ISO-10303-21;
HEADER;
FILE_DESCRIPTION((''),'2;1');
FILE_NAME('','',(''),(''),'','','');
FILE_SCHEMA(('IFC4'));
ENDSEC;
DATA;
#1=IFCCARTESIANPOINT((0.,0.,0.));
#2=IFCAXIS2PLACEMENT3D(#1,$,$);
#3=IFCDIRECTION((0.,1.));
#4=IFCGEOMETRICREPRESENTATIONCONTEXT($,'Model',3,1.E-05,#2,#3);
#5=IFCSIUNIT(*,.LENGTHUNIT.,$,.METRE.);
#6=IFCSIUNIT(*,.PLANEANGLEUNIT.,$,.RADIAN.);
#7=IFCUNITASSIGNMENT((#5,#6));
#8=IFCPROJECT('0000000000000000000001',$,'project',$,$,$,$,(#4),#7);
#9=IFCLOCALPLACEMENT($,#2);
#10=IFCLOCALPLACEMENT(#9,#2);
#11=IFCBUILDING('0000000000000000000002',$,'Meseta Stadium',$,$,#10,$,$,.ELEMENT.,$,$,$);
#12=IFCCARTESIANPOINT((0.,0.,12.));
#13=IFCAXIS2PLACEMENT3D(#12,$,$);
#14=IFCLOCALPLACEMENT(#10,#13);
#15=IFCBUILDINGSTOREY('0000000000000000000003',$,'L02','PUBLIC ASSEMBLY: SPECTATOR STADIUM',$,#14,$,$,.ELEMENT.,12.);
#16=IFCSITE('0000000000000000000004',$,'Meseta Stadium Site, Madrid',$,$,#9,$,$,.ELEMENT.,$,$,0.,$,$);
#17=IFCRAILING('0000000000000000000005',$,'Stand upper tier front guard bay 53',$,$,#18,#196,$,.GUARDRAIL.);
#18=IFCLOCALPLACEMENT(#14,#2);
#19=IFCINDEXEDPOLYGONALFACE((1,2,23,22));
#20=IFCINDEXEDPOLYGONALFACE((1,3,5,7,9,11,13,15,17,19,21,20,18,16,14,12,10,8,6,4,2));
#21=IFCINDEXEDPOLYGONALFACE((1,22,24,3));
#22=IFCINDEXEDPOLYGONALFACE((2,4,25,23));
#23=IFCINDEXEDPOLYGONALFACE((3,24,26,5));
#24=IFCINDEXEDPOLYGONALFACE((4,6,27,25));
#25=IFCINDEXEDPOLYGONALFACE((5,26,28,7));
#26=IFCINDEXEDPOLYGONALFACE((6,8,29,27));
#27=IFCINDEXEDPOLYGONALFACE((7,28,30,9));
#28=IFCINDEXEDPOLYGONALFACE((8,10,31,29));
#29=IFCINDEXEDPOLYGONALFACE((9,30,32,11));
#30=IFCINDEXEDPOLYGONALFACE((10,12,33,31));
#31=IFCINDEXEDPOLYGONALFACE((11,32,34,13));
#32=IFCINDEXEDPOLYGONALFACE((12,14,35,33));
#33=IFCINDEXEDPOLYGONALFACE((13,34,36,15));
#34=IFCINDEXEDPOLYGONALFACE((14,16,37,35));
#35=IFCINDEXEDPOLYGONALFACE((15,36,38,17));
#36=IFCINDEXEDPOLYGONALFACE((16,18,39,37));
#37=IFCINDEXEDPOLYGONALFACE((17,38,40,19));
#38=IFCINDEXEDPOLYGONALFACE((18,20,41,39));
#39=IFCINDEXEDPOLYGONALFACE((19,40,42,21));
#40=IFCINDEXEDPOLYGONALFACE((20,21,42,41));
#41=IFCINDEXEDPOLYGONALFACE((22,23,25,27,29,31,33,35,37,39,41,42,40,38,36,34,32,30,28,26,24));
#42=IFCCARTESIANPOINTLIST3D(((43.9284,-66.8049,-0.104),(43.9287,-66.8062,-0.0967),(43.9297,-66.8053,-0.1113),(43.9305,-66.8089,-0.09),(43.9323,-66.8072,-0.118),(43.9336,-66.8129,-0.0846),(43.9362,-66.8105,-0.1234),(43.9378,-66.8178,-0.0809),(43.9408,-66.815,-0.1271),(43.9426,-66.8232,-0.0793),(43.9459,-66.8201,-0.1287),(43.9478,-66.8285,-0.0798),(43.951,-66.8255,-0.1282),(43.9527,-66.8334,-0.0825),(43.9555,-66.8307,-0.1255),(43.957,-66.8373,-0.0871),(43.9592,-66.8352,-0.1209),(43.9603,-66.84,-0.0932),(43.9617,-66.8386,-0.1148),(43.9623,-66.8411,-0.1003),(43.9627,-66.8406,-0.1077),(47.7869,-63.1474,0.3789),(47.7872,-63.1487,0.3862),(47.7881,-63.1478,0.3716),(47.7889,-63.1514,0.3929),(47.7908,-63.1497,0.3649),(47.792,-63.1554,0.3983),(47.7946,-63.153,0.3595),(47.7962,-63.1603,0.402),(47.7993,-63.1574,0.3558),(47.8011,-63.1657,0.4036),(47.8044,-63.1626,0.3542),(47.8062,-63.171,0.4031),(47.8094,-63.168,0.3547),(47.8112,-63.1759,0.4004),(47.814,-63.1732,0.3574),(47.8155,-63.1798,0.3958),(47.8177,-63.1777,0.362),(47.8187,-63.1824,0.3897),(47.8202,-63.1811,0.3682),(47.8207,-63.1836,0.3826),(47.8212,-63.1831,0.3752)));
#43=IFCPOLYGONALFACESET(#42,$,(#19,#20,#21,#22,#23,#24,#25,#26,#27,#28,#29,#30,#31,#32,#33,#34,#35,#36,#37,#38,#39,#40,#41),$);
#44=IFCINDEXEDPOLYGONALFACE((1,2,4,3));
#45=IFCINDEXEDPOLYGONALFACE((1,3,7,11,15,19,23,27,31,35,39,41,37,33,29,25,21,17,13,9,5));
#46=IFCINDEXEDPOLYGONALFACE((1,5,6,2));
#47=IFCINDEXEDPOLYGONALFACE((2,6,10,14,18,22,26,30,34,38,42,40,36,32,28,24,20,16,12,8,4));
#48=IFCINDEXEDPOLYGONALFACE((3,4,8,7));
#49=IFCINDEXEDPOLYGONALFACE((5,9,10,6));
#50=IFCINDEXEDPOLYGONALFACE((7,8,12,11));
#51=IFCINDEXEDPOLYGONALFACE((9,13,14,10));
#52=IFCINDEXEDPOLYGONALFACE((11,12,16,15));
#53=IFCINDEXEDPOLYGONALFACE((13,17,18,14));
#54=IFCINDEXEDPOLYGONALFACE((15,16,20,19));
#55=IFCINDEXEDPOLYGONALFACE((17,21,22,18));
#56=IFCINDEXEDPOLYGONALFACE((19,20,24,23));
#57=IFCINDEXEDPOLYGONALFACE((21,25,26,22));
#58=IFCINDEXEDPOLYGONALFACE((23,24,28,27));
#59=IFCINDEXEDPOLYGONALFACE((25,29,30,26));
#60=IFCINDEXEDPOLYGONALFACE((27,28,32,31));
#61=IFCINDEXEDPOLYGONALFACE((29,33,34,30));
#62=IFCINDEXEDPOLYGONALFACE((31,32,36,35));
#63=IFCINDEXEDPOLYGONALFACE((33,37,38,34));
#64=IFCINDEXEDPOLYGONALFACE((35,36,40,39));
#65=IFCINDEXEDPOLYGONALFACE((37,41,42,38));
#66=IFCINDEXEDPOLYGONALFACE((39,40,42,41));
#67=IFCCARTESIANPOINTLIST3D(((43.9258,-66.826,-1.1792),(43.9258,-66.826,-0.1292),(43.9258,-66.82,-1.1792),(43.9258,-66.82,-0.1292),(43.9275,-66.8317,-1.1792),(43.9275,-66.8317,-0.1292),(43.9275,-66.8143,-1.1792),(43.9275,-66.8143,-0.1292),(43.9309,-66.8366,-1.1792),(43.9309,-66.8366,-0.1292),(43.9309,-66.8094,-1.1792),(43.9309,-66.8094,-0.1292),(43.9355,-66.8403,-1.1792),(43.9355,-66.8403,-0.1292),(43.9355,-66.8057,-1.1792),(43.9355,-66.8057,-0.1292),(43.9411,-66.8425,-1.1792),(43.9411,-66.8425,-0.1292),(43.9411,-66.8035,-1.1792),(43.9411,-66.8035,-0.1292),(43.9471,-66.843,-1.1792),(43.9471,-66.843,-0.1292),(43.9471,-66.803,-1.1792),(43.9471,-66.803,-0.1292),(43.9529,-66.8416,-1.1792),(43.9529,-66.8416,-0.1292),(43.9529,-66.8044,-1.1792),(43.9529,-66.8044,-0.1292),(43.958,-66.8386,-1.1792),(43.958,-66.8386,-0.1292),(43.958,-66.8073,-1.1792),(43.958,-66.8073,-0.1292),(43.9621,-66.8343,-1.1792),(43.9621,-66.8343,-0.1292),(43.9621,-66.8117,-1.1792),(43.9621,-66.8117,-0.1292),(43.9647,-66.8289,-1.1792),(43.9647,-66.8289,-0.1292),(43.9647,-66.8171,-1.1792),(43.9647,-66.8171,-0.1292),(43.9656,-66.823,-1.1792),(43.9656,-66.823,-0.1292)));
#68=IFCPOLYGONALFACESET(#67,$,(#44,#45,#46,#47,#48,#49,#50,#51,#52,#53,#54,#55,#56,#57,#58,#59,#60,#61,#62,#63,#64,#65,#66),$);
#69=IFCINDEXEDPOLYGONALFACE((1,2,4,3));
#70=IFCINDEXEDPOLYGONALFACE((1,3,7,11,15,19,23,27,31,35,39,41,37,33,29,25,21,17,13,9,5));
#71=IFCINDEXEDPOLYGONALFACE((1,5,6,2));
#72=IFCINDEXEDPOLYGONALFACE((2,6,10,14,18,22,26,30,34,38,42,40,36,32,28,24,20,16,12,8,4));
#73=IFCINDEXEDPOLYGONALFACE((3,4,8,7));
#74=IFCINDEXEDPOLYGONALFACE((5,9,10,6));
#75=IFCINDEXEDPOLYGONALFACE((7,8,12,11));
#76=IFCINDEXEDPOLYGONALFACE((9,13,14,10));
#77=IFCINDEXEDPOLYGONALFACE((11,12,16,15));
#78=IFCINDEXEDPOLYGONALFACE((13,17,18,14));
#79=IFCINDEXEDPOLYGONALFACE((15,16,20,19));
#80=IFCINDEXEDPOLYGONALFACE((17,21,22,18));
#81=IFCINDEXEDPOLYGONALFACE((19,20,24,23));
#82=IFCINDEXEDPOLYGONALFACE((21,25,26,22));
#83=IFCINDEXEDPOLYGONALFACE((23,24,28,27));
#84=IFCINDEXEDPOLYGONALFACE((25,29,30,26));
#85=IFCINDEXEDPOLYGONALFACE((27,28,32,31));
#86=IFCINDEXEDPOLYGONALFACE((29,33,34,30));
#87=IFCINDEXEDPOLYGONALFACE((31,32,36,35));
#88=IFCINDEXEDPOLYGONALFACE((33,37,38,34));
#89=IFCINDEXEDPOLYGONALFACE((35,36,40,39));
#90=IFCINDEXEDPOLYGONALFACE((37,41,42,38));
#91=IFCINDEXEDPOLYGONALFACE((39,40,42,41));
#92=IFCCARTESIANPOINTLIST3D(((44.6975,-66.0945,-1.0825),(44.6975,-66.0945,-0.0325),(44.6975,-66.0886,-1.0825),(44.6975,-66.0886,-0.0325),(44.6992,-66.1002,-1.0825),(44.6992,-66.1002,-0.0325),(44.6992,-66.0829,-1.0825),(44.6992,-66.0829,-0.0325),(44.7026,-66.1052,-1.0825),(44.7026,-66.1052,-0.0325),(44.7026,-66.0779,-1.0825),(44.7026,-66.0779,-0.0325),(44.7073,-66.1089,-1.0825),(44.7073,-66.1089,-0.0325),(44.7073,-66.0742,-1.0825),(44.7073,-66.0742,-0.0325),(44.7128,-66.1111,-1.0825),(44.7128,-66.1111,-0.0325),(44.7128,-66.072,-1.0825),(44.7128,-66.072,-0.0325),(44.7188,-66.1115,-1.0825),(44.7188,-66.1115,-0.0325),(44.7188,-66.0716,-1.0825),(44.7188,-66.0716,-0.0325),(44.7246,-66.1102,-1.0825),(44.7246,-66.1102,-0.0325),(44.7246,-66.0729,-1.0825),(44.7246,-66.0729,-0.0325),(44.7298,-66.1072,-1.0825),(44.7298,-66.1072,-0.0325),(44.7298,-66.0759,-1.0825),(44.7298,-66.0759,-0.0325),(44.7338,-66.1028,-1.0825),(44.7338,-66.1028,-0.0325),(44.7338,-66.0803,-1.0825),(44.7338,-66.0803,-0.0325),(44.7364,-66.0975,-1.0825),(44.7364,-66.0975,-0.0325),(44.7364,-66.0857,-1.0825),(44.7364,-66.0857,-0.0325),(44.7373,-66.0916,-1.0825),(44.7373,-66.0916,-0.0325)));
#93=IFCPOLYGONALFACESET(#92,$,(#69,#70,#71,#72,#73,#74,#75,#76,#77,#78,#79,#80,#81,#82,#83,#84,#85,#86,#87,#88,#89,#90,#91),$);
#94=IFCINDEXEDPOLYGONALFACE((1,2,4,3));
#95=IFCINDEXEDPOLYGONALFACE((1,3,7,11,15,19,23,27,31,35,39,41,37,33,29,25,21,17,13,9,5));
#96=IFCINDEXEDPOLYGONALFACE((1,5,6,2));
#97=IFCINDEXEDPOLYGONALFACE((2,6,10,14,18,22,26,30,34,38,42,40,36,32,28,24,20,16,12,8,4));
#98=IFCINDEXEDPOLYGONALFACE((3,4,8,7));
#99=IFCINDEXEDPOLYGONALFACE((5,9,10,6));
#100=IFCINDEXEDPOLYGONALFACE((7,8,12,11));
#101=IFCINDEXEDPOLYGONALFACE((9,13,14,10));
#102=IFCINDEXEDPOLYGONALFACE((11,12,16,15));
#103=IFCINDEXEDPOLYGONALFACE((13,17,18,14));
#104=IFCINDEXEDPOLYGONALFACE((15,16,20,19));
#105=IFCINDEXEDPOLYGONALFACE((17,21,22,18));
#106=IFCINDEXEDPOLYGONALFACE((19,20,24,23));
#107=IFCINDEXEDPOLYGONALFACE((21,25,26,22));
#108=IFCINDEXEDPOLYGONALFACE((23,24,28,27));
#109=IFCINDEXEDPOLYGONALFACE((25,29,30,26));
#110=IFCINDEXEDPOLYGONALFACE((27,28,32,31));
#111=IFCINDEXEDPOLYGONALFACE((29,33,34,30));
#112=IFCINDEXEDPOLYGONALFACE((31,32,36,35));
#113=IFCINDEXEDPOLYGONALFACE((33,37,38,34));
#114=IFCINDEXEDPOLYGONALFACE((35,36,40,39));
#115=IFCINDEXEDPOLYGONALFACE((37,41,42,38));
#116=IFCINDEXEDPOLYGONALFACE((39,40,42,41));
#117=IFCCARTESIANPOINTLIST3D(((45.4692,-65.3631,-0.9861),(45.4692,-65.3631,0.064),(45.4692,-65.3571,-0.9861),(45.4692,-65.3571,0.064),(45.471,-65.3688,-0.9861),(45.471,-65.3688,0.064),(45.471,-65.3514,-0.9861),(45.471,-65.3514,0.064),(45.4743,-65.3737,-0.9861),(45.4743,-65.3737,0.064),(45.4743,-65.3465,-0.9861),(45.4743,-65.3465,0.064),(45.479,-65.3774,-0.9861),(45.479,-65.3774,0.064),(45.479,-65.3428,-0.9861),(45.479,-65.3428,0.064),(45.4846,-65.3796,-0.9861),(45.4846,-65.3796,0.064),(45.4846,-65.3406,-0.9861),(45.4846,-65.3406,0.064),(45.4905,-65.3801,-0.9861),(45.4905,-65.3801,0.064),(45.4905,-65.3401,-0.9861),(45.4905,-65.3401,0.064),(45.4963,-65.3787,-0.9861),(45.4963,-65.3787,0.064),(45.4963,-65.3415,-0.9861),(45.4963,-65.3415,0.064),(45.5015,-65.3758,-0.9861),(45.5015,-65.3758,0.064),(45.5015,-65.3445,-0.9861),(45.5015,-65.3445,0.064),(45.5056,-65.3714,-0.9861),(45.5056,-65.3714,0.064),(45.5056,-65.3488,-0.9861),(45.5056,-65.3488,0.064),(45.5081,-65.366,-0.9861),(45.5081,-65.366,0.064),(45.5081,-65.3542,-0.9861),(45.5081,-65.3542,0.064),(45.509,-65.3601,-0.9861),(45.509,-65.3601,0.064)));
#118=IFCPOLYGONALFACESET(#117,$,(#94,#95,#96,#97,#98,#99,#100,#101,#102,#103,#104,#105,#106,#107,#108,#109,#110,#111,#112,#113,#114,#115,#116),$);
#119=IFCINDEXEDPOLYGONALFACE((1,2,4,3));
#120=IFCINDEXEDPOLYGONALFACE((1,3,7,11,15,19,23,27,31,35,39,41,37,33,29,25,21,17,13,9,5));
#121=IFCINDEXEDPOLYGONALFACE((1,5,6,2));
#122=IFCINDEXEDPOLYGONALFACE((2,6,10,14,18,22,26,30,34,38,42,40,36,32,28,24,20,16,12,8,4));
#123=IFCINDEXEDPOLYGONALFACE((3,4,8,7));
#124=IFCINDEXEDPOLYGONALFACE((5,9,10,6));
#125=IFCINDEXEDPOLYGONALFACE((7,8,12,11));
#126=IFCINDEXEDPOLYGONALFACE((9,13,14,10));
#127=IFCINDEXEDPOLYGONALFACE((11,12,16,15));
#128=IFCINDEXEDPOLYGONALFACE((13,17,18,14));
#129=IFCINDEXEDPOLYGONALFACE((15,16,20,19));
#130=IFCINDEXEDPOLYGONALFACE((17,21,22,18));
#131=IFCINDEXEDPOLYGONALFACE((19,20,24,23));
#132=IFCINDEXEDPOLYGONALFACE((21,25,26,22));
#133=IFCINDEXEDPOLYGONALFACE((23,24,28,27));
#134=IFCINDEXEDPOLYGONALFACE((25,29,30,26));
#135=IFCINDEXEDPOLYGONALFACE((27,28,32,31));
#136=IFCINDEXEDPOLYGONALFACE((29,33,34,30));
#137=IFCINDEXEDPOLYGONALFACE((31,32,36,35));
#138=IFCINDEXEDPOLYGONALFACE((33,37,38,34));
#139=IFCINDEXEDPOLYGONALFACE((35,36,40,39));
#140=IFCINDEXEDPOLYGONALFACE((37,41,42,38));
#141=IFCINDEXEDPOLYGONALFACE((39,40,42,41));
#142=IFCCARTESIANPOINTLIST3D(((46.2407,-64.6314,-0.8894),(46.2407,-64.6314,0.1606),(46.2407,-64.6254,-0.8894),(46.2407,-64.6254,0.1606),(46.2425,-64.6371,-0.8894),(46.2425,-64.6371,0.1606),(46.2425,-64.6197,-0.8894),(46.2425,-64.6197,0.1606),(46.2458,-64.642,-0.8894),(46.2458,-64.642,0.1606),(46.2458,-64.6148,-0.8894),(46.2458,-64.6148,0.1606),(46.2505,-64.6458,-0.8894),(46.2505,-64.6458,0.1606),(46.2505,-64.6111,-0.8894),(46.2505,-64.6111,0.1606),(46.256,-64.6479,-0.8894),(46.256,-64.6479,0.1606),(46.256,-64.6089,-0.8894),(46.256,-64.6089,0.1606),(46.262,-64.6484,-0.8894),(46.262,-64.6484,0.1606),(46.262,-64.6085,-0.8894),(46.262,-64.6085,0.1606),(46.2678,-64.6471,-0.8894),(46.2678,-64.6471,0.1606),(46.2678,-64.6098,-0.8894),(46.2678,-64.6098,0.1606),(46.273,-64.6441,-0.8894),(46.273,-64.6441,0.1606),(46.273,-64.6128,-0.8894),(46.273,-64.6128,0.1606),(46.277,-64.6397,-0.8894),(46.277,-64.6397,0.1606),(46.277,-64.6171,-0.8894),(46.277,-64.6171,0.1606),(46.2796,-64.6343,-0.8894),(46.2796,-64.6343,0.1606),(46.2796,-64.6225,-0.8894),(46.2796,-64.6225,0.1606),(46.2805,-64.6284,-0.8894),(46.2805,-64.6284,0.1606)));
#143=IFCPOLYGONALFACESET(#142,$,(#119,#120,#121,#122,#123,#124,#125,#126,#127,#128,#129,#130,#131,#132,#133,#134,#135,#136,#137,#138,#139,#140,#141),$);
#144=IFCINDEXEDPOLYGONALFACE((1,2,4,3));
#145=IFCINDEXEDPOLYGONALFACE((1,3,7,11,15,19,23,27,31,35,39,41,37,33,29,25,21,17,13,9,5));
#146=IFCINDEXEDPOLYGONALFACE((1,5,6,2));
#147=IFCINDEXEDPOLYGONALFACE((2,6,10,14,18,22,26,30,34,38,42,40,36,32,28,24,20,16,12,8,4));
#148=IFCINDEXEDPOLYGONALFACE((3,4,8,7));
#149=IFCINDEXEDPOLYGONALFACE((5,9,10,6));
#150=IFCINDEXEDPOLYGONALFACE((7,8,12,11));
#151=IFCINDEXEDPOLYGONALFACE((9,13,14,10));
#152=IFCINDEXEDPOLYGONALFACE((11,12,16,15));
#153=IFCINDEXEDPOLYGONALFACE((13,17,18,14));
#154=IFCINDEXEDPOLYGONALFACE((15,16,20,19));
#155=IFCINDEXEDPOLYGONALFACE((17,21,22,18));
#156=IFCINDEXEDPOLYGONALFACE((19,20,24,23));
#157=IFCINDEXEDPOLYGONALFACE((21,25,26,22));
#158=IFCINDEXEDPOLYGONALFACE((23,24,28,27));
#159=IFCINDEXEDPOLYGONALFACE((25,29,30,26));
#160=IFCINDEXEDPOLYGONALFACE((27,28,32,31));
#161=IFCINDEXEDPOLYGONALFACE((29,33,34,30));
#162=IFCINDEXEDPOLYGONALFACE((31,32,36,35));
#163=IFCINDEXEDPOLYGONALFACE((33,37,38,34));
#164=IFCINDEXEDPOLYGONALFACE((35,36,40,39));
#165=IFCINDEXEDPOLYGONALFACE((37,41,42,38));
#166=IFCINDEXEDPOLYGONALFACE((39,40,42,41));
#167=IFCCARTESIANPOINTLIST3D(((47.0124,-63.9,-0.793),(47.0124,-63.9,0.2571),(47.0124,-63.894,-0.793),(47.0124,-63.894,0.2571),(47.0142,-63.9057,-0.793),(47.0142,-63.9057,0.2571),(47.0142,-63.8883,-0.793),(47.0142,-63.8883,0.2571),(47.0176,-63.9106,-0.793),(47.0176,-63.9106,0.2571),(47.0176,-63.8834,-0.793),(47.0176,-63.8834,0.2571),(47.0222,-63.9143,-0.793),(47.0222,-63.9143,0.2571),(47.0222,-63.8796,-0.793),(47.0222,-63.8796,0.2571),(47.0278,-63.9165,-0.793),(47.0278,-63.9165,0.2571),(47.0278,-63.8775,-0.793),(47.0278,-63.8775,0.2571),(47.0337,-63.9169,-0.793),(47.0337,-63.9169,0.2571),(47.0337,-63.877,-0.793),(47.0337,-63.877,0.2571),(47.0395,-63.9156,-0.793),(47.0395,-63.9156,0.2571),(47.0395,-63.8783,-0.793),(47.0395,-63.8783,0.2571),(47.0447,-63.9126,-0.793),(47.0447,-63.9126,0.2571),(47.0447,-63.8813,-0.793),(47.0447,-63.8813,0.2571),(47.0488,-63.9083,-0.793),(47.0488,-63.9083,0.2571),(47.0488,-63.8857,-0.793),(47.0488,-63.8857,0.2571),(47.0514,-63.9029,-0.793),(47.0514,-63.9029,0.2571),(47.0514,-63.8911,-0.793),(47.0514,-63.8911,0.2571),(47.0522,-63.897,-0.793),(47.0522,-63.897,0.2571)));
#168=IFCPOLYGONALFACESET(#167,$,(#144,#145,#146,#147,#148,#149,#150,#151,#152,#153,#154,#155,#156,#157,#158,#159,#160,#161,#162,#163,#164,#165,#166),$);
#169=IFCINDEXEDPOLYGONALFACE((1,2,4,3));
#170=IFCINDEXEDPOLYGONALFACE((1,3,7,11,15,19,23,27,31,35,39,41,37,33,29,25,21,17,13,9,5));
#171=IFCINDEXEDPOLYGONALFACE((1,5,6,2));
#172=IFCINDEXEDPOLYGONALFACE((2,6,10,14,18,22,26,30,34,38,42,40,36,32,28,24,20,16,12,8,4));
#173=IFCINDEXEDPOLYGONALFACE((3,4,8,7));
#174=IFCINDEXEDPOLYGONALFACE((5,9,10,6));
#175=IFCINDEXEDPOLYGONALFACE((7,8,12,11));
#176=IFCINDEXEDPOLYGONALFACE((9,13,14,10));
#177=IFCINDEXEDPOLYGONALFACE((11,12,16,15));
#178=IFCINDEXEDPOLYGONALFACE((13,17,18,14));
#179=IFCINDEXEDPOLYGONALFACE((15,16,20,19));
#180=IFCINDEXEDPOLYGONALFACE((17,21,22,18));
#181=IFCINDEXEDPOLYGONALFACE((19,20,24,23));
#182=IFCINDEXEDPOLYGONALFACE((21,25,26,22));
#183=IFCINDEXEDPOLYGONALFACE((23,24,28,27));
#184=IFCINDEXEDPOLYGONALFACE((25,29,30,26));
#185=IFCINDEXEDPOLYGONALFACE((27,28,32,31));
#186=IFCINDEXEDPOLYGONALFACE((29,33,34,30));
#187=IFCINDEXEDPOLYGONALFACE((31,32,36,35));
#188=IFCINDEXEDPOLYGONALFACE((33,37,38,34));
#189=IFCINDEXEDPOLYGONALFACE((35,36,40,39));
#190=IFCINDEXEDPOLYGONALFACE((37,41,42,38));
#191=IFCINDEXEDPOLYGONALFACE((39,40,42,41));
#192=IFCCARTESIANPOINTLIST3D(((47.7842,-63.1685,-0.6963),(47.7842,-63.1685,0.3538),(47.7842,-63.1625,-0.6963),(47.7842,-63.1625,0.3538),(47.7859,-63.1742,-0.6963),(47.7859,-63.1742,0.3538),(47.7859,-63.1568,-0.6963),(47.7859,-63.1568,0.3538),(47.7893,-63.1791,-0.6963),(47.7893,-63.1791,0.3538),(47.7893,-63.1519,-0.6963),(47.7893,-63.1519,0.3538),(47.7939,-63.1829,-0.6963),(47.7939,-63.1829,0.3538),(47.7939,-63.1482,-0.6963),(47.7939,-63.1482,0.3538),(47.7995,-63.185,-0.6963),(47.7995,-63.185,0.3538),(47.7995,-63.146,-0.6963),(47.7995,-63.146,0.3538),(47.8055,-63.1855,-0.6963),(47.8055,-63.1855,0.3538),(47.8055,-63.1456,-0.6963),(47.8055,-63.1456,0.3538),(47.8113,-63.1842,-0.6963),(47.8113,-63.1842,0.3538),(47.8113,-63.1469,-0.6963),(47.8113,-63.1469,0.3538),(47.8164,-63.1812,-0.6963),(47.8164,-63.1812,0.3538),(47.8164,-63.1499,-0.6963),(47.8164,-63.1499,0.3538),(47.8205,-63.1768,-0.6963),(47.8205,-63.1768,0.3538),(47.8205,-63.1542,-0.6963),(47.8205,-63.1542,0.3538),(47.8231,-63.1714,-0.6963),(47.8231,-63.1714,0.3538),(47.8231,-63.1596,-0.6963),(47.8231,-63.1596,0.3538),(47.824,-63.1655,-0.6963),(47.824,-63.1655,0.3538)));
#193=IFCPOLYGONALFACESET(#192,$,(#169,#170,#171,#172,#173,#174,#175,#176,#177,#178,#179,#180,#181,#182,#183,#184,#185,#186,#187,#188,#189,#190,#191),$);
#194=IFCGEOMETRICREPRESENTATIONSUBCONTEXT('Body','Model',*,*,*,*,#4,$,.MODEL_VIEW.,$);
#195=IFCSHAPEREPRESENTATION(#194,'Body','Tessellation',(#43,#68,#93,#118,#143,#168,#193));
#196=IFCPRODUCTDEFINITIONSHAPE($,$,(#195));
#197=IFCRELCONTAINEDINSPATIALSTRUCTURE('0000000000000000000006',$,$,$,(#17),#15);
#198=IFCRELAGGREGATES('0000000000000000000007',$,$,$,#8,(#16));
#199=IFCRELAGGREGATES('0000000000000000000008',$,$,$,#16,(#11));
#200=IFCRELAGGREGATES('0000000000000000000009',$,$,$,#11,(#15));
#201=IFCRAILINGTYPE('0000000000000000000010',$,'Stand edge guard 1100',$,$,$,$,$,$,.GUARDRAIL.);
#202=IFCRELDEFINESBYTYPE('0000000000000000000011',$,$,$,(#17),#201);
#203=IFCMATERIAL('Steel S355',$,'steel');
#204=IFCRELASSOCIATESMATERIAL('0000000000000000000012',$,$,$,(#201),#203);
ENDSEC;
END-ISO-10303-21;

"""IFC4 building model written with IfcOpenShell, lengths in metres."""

from ifc_helpers import new_model, si_unit, direction, frame, origin, origin_2d, place, context, subcontext, project, spatial, circle, extrude, material, type_object, element, save


model = new_model("IFC4")

# Units and contexts
model_context = context("Model", 3, precision=1e-05, world=origin(), true_north=direction((0.0, 1.0)))
body_context = subcontext(model_context, "Body", "Model", "MODEL_VIEW")
ifc_project = project(units=[si_unit("LENGTHUNIT", "METRE"), si_unit("PLANEANGLEUNIT", "RADIAN")], contexts=[model_context])

# Site, building, storey
site_placement = place(None, origin())
site = spatial("IfcSite", under=ifc_project, at=site_placement, Name="Meseta Stadium Site, Madrid", CompositionType="ELEMENT", RefElevation=0.0)
building_placement = place(site_placement, origin())
building = spatial("IfcBuilding", under=site, at=building_placement, Name="Meseta Stadium", CompositionType="ELEMENT")
storey_placement = place(building_placement, frame((0.0, 0.0, 12.0)))
storey = spatial("IfcBuildingStorey", under=building, at=storey_placement, Name="L02", Description="PUBLIC ASSEMBLY: SPECTATOR STADIUM", CompositionType="ELEMENT", Elevation=12.0)

# Railing
ifc_material_1 = material(Name="Steel S355", Category="steel")
railing_type = type_object("IfcRailingType", Name="Stand edge guard 1100", PredefinedType="GUARDRAIL", material=ifc_material_1)
railing_1_placement = place(storey_placement, frame((43.9456, -66.823, -1.1792)))
element("IfcRailing", 1, at=railing_1_placement, inside=storey, type_object=railing_type, Name="Stand upper tier front guard bay 53", PredefinedType="GUARDRAIL", context=body_context, shape_type="SweptSolid", body=[
    extrude(circle(Radius=0.0249, at=origin_2d()), frame((0.0, 0.0, 1.0752), z_axis=(0.722776, 0.685137, 0.090461), x_axis=(-0.687957, 0.725751, 0.0)), (0.0, 0.0, 1.0), 5.3384),
    extrude(circle(Radius=0.02, at=origin_2d()), origin(), (0.0, 0.0, 1.0), 1.05),
    extrude(circle(Radius=0.02, at=origin_2d()), frame((0.7717, 0.7314, 0.0967)), (0.0, 0.0, 1.0), 1.05),
    extrude(circle(Radius=0.02, at=origin_2d()), frame((1.5435, 1.4629, 0.1931)), (0.0, 0.0, 1.0), 1.05),
    extrude(circle(Radius=0.02, at=origin_2d()), frame((2.3149, 2.1946, 0.2898)), (0.0, 0.0, 1.0), 1.05),
    extrude(circle(Radius=0.02, at=origin_2d()), frame((3.0867, 2.926, 0.3862)), (0.0, 0.0, 1.0), 1.05),
    extrude(circle(Radius=0.02, at=origin_2d()), frame((3.8584, 3.6575, 0.4829)), (0.0, 0.0, 1.0), 1.05),
])

save(model, "model.ifc")
